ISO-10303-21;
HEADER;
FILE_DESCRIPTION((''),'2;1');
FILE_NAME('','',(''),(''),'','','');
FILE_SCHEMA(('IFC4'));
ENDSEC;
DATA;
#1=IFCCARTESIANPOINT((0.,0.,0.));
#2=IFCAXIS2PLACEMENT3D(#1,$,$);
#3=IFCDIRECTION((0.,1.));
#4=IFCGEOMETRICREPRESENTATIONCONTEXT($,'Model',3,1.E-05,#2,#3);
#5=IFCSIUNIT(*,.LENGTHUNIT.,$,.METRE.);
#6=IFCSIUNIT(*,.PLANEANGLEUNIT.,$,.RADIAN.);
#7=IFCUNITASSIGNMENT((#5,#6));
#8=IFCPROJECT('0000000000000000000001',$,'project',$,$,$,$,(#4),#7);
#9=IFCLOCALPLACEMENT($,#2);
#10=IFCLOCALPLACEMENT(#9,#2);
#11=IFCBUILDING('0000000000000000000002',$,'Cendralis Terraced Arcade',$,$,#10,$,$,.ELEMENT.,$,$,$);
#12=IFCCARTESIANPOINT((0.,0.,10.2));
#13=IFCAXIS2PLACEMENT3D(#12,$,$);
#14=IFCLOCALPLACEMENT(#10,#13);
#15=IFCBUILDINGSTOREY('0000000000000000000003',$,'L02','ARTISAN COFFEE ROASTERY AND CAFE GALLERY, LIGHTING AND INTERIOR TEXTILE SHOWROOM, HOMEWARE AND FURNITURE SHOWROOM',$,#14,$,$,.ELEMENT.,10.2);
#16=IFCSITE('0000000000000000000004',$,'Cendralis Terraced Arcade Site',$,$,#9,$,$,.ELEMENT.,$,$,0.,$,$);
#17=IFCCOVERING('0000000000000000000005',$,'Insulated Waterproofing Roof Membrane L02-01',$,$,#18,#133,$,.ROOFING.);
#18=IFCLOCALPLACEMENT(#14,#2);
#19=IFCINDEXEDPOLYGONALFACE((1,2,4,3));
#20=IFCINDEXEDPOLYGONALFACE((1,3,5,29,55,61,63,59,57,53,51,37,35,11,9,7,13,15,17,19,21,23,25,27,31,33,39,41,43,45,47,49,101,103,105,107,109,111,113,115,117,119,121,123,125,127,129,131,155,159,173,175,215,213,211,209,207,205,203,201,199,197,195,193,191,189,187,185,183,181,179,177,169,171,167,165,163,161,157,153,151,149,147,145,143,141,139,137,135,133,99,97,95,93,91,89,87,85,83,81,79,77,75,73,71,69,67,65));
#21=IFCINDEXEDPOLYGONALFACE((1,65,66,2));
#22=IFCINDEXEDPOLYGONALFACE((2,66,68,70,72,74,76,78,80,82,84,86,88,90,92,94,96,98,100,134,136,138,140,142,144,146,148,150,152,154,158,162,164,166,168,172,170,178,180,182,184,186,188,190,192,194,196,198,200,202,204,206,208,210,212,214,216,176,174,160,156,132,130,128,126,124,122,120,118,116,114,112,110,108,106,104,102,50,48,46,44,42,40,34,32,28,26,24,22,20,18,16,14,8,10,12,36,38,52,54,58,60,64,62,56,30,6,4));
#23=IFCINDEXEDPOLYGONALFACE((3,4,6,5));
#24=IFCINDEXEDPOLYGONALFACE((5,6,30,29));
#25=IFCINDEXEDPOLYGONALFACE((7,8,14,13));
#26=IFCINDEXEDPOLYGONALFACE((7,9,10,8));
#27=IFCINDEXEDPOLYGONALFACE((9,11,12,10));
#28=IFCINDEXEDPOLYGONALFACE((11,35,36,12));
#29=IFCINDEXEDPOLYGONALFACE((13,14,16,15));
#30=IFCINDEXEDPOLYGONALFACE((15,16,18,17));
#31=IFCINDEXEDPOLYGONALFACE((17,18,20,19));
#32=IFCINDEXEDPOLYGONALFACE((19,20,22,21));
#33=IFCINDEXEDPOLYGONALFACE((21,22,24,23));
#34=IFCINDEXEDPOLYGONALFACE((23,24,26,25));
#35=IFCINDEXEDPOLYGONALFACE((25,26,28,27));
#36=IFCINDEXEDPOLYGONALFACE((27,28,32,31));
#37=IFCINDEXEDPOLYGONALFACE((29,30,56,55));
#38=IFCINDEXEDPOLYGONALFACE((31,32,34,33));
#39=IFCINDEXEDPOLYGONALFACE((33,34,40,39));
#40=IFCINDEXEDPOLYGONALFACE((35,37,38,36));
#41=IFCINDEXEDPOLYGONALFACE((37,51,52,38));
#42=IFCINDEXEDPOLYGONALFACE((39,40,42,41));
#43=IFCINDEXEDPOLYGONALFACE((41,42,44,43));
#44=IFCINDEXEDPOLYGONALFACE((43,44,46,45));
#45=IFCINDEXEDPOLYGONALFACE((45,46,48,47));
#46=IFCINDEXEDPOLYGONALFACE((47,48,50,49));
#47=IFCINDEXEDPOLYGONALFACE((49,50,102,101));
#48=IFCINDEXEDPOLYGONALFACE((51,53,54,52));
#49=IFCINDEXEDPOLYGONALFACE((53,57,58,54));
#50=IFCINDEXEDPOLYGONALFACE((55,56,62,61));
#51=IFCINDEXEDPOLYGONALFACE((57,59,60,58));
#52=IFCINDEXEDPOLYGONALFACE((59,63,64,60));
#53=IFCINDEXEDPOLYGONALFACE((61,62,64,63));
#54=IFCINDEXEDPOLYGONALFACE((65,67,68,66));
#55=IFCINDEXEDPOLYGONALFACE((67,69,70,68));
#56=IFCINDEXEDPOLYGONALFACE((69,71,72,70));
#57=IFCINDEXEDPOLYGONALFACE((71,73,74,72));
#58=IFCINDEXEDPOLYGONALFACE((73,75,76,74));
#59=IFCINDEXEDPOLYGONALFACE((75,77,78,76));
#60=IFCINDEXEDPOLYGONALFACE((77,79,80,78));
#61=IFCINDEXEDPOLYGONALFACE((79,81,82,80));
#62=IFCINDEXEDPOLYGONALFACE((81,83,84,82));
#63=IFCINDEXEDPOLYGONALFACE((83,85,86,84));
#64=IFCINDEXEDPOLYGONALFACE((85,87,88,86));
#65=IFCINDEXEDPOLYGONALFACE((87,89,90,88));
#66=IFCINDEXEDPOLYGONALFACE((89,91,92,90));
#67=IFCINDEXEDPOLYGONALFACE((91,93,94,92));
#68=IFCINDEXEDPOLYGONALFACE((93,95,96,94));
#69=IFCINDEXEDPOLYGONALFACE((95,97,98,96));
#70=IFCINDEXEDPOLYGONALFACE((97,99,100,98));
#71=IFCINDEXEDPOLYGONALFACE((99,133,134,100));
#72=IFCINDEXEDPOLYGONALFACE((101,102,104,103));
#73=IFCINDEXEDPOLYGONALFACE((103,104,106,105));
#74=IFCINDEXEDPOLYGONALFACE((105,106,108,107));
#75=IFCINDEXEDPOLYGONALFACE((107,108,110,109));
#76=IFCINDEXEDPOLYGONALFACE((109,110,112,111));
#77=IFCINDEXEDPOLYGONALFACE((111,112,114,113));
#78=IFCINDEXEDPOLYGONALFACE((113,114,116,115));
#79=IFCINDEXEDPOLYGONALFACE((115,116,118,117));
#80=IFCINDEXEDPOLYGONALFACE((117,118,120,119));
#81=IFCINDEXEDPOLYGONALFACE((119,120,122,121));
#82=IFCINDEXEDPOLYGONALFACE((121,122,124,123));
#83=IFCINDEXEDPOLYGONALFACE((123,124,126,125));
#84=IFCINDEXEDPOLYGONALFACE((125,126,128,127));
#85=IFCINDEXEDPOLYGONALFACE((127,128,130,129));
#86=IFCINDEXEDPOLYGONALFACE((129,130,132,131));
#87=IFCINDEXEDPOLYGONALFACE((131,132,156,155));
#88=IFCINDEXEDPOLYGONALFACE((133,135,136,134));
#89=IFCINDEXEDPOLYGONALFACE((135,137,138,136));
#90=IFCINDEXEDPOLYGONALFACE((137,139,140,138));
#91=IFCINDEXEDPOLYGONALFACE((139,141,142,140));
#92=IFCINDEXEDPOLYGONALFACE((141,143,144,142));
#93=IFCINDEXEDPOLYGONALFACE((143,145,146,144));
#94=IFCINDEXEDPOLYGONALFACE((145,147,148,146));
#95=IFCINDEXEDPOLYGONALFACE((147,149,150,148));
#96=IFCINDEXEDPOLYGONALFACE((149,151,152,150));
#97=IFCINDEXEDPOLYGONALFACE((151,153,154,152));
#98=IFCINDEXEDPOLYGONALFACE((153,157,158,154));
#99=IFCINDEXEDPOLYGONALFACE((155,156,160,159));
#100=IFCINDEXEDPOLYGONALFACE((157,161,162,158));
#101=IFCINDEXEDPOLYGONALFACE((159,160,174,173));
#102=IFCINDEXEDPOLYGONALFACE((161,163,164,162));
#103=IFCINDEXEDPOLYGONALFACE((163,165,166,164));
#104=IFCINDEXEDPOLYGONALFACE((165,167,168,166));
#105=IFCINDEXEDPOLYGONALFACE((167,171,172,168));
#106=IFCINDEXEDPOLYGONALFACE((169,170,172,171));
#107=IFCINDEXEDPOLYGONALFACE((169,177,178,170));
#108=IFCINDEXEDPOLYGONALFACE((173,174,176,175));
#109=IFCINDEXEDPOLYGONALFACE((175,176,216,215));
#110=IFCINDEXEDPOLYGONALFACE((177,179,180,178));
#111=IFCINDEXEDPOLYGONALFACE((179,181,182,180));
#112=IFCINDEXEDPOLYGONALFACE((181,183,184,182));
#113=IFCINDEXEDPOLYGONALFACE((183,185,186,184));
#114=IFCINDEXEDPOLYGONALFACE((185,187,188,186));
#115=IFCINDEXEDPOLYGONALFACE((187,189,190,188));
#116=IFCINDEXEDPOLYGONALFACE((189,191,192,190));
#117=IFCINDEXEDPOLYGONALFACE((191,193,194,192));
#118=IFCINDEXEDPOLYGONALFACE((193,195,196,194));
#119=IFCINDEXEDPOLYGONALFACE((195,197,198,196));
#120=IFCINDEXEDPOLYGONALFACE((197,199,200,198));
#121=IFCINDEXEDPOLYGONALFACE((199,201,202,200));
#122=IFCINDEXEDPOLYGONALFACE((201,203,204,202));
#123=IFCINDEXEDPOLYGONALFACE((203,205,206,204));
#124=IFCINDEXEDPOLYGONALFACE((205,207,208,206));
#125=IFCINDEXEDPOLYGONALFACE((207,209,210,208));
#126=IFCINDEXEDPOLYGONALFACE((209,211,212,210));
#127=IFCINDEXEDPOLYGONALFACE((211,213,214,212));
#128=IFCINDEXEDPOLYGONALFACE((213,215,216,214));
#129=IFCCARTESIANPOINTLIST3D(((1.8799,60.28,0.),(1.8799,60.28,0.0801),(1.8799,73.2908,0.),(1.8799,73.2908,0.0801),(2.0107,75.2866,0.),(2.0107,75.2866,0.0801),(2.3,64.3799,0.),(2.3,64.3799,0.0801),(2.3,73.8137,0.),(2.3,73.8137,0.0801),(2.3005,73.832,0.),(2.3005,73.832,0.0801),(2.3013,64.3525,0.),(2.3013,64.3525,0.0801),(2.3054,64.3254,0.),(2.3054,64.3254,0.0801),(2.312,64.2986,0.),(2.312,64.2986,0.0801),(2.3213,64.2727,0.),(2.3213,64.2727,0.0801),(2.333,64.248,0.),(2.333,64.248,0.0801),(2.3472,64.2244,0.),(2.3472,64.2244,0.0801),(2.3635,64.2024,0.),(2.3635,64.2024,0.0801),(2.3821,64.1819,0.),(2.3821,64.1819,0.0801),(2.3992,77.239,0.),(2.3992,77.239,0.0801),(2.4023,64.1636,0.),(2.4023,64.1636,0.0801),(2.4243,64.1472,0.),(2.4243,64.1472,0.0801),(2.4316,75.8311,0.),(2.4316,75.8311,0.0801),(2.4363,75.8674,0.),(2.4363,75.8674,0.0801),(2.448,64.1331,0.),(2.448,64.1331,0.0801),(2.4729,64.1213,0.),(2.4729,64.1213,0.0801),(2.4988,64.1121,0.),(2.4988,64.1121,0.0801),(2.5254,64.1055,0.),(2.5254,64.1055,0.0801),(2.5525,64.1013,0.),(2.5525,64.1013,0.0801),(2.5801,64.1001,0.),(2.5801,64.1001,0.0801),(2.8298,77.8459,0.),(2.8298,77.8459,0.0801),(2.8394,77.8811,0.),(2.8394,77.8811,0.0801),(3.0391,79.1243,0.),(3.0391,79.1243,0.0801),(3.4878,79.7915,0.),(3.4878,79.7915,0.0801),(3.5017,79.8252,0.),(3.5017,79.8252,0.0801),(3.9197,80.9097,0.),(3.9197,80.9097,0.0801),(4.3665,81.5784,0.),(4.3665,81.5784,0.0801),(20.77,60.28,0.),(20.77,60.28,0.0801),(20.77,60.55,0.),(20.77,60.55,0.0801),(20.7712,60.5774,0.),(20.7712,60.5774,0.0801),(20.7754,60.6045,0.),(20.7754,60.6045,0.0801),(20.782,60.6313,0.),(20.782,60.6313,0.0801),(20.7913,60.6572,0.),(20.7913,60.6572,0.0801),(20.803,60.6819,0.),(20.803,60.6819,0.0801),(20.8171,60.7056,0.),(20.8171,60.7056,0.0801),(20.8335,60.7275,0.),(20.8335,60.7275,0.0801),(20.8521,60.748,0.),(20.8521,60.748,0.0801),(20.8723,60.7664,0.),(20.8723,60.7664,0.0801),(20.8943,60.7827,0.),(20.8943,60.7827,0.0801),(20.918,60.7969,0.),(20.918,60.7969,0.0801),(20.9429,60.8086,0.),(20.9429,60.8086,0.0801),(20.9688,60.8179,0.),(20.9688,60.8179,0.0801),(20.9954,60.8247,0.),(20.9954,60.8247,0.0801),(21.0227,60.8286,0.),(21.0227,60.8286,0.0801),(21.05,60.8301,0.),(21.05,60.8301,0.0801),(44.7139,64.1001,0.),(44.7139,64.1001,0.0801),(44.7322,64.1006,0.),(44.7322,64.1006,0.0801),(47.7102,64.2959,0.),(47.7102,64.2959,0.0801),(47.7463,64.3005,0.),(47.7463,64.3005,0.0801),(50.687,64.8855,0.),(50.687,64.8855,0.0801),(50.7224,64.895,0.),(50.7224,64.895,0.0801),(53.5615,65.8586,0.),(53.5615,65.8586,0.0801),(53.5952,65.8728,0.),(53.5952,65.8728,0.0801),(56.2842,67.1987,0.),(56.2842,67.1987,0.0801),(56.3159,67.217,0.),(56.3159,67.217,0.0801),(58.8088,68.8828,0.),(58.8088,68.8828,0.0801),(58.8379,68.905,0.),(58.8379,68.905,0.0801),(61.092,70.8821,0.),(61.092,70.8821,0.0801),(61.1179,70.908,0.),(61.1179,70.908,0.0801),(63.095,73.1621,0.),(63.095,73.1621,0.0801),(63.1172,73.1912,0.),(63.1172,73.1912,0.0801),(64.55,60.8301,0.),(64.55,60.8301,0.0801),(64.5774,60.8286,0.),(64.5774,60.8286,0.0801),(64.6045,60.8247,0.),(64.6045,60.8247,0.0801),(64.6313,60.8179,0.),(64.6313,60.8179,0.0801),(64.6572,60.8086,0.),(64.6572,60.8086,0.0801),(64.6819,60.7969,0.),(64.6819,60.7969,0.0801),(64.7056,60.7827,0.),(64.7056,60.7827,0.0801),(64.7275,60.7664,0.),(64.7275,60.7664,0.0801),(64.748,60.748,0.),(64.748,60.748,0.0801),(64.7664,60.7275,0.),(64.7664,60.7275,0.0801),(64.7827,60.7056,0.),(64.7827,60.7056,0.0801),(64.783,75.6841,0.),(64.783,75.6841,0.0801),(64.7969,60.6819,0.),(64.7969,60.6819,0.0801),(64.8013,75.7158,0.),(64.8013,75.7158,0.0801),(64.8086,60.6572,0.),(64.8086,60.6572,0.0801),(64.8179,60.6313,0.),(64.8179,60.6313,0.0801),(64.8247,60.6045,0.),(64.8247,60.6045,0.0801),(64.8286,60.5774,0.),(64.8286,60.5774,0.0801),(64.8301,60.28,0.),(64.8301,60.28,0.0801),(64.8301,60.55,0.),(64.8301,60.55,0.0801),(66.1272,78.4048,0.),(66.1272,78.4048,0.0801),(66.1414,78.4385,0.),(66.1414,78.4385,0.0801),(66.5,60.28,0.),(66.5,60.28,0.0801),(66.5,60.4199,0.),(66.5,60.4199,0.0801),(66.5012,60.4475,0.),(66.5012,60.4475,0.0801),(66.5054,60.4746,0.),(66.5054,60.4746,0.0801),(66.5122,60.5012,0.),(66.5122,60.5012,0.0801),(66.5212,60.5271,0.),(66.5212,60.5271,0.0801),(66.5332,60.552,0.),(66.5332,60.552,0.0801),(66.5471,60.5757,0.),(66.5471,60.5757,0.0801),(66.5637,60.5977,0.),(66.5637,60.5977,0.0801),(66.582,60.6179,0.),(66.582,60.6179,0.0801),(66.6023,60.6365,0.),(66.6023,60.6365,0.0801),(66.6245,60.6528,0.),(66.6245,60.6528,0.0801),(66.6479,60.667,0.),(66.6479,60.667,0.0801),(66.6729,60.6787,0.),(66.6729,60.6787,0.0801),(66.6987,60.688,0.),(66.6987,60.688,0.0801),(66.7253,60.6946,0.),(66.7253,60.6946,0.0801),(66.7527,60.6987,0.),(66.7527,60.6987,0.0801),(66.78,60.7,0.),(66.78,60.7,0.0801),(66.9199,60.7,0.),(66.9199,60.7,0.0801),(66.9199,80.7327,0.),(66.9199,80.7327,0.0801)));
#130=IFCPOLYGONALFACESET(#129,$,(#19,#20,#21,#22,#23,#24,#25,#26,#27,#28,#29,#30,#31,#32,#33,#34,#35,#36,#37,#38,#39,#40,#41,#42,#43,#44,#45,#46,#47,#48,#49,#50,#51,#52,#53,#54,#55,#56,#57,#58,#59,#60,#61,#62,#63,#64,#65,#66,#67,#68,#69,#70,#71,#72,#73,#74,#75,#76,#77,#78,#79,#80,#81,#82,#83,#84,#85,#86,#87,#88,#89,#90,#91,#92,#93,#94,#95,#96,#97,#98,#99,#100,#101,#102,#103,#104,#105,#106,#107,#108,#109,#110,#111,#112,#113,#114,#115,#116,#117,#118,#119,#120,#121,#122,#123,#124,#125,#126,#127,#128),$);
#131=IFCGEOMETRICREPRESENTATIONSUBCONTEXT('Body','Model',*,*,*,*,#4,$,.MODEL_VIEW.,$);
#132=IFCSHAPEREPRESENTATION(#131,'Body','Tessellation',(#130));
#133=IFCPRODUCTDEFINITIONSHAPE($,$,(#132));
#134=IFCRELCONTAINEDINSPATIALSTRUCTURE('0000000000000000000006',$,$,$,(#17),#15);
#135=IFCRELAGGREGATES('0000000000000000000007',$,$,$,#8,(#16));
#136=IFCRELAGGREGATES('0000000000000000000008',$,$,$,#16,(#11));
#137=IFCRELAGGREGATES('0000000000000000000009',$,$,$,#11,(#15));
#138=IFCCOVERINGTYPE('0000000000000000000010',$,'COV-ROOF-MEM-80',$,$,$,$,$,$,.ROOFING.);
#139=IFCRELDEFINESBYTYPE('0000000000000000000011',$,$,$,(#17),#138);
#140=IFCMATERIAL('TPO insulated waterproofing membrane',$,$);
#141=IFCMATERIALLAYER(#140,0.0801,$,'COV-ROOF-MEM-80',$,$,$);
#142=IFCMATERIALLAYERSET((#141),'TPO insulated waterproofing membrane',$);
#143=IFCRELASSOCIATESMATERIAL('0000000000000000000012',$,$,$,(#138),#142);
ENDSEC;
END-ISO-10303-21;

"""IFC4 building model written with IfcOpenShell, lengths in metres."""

from ifc_helpers import new_model, si_unit, direction, frame, origin, place, context, subcontext, project, spatial, polyline, outline, extrude, material, layer, layer_set, type_object, element, save


model = new_model("IFC4")

# Units and contexts
model_context = context("Model", 3, precision=1e-05, world=origin(), true_north=direction((0.0, 1.0)))
body_context = subcontext(model_context, "Body", "Model", "MODEL_VIEW")
ifc_project = project(units=[si_unit("LENGTHUNIT", "METRE"), si_unit("PLANEANGLEUNIT", "RADIAN")], contexts=[model_context])

# Site, building, storey
site_placement = place(None, origin())
site = spatial("IfcSite", under=ifc_project, at=site_placement, Name="Cendralis Terraced Arcade Site", CompositionType="ELEMENT", RefElevation=0.0)
building_placement = place(site_placement, origin())
building = spatial("IfcBuilding", under=site, at=building_placement, Name="Cendralis Terraced Arcade", CompositionType="ELEMENT")
storey_placement = place(building_placement, frame((0.0, 0.0, 10.2)))
storey = spatial("IfcBuildingStorey", under=building, at=storey_placement, Name="L02", Description="ARTISAN COFFEE ROASTERY AND CAFE GALLERY, LIGHTING AND INTERIOR TEXTILE SHOWROOM, HOMEWARE AND FURNITURE SHOWROOM", CompositionType="ELEMENT", Elevation=10.2)

# Covering
ifc_material_1 = material(Name="TPO insulated waterproofing membrane")
ifc_layer_1 = layer(ifc_material_1, 0.0801, Name="COV-ROOF-MEM-80")
ifc_layer_set_1 = layer_set([ifc_layer_1], Name="TPO insulated waterproofing membrane")
covering_type_1 = type_object("IfcCoveringType", Name="COV-ROOF-MEM-80", PredefinedType="ROOFING", material=ifc_layer_set_1)
covering_1_placement = place(storey_placement, origin())
element("IfcCovering", 1, at=covering_1_placement, inside=storey, type_object=covering_type_1, Name="Insulated Waterproofing Roof Membrane L02-01", PredefinedType="ROOFING", context=body_context, shape_type="SweptSolid", body=[
    extrude(outline(polyline([(2.3992, 77.239), (3.0391, 79.1243), (3.9197, 80.9097), (4.3665, 81.5784), (3.5017, 79.8252), (3.4878, 79.7915), (2.8394, 77.8811), (2.8298, 77.8459), (2.4363, 75.8674), (2.4316, 75.8311), (2.3005, 73.832), (2.3, 73.8137), (2.3, 64.3799), (2.3013, 64.3525), (2.3054, 64.3254), (2.312, 64.2986), (2.3213, 64.2727), (2.333, 64.248), (2.3472, 64.2244), (2.3635, 64.2024), (2.3821, 64.1819), (2.4023, 64.1636), (2.4243, 64.1472), (2.448, 64.1331), (2.4729, 64.1213), (2.4988, 64.1121), (2.5254, 64.1055), (2.5525, 64.1013), (2.5801, 64.1001), (44.7139, 64.1001), (44.7322, 64.1006), (47.7102, 64.2959), (47.7463, 64.3005), (50.687, 64.8855), (50.7224, 64.895), (53.5615, 65.8586), (53.5952, 65.8728), (56.2842, 67.1987), (56.3159, 67.217), (58.8088, 68.8828), (58.8379, 68.905), (61.092, 70.8821), (61.1179, 70.908), (63.095, 73.1621), (63.1172, 73.1912), (64.783, 75.6841), (64.8013, 75.7158), (66.1272, 78.4048), (66.1414, 78.4385), (66.9199, 80.7327), (66.9199, 60.7), (66.78, 60.7), (66.7527, 60.6987), (66.7253, 60.6946), (66.6987, 60.688), (66.6729, 60.6787), (66.6479, 60.667), (66.6245, 60.6528), (66.6023, 60.6365), (66.582, 60.6179), (66.5637, 60.5977), (66.5471, 60.5757), (66.5332, 60.552), (66.5212, 60.5271), (66.5122, 60.5012), (66.5054, 60.4746), (66.5012, 60.4475), (66.5, 60.4199), (66.5, 60.28), (64.8301, 60.28), (64.8301, 60.55), (64.8286, 60.5774), (64.8247, 60.6045), (64.8179, 60.6313), (64.8086, 60.6572), (64.7969, 60.6819), (64.7827, 60.7056), (64.7664, 60.7275), (64.748, 60.748), (64.7275, 60.7664), (64.7056, 60.7827), (64.6819, 60.7969), (64.6572, 60.8086), (64.6313, 60.8179), (64.6045, 60.8247), (64.5774, 60.8286), (64.55, 60.8301), (21.05, 60.8301), (21.0227, 60.8286), (20.9954, 60.8247), (20.9688, 60.8179), (20.9429, 60.8086), (20.918, 60.7969), (20.8943, 60.7827), (20.8723, 60.7664), (20.8521, 60.748), (20.8335, 60.7275), (20.8171, 60.7056), (20.803, 60.6819), (20.7913, 60.6572), (20.782, 60.6313), (20.7754, 60.6045), (20.7712, 60.5774), (20.77, 60.55), (20.77, 60.28), (1.8799, 60.28), (1.8799, 73.2908), (2.0107, 75.2866), (2.3992, 77.239)])), origin(), (0.0, 0.0, 1.0), 0.0801),
])

save(model, "model.ifc")
